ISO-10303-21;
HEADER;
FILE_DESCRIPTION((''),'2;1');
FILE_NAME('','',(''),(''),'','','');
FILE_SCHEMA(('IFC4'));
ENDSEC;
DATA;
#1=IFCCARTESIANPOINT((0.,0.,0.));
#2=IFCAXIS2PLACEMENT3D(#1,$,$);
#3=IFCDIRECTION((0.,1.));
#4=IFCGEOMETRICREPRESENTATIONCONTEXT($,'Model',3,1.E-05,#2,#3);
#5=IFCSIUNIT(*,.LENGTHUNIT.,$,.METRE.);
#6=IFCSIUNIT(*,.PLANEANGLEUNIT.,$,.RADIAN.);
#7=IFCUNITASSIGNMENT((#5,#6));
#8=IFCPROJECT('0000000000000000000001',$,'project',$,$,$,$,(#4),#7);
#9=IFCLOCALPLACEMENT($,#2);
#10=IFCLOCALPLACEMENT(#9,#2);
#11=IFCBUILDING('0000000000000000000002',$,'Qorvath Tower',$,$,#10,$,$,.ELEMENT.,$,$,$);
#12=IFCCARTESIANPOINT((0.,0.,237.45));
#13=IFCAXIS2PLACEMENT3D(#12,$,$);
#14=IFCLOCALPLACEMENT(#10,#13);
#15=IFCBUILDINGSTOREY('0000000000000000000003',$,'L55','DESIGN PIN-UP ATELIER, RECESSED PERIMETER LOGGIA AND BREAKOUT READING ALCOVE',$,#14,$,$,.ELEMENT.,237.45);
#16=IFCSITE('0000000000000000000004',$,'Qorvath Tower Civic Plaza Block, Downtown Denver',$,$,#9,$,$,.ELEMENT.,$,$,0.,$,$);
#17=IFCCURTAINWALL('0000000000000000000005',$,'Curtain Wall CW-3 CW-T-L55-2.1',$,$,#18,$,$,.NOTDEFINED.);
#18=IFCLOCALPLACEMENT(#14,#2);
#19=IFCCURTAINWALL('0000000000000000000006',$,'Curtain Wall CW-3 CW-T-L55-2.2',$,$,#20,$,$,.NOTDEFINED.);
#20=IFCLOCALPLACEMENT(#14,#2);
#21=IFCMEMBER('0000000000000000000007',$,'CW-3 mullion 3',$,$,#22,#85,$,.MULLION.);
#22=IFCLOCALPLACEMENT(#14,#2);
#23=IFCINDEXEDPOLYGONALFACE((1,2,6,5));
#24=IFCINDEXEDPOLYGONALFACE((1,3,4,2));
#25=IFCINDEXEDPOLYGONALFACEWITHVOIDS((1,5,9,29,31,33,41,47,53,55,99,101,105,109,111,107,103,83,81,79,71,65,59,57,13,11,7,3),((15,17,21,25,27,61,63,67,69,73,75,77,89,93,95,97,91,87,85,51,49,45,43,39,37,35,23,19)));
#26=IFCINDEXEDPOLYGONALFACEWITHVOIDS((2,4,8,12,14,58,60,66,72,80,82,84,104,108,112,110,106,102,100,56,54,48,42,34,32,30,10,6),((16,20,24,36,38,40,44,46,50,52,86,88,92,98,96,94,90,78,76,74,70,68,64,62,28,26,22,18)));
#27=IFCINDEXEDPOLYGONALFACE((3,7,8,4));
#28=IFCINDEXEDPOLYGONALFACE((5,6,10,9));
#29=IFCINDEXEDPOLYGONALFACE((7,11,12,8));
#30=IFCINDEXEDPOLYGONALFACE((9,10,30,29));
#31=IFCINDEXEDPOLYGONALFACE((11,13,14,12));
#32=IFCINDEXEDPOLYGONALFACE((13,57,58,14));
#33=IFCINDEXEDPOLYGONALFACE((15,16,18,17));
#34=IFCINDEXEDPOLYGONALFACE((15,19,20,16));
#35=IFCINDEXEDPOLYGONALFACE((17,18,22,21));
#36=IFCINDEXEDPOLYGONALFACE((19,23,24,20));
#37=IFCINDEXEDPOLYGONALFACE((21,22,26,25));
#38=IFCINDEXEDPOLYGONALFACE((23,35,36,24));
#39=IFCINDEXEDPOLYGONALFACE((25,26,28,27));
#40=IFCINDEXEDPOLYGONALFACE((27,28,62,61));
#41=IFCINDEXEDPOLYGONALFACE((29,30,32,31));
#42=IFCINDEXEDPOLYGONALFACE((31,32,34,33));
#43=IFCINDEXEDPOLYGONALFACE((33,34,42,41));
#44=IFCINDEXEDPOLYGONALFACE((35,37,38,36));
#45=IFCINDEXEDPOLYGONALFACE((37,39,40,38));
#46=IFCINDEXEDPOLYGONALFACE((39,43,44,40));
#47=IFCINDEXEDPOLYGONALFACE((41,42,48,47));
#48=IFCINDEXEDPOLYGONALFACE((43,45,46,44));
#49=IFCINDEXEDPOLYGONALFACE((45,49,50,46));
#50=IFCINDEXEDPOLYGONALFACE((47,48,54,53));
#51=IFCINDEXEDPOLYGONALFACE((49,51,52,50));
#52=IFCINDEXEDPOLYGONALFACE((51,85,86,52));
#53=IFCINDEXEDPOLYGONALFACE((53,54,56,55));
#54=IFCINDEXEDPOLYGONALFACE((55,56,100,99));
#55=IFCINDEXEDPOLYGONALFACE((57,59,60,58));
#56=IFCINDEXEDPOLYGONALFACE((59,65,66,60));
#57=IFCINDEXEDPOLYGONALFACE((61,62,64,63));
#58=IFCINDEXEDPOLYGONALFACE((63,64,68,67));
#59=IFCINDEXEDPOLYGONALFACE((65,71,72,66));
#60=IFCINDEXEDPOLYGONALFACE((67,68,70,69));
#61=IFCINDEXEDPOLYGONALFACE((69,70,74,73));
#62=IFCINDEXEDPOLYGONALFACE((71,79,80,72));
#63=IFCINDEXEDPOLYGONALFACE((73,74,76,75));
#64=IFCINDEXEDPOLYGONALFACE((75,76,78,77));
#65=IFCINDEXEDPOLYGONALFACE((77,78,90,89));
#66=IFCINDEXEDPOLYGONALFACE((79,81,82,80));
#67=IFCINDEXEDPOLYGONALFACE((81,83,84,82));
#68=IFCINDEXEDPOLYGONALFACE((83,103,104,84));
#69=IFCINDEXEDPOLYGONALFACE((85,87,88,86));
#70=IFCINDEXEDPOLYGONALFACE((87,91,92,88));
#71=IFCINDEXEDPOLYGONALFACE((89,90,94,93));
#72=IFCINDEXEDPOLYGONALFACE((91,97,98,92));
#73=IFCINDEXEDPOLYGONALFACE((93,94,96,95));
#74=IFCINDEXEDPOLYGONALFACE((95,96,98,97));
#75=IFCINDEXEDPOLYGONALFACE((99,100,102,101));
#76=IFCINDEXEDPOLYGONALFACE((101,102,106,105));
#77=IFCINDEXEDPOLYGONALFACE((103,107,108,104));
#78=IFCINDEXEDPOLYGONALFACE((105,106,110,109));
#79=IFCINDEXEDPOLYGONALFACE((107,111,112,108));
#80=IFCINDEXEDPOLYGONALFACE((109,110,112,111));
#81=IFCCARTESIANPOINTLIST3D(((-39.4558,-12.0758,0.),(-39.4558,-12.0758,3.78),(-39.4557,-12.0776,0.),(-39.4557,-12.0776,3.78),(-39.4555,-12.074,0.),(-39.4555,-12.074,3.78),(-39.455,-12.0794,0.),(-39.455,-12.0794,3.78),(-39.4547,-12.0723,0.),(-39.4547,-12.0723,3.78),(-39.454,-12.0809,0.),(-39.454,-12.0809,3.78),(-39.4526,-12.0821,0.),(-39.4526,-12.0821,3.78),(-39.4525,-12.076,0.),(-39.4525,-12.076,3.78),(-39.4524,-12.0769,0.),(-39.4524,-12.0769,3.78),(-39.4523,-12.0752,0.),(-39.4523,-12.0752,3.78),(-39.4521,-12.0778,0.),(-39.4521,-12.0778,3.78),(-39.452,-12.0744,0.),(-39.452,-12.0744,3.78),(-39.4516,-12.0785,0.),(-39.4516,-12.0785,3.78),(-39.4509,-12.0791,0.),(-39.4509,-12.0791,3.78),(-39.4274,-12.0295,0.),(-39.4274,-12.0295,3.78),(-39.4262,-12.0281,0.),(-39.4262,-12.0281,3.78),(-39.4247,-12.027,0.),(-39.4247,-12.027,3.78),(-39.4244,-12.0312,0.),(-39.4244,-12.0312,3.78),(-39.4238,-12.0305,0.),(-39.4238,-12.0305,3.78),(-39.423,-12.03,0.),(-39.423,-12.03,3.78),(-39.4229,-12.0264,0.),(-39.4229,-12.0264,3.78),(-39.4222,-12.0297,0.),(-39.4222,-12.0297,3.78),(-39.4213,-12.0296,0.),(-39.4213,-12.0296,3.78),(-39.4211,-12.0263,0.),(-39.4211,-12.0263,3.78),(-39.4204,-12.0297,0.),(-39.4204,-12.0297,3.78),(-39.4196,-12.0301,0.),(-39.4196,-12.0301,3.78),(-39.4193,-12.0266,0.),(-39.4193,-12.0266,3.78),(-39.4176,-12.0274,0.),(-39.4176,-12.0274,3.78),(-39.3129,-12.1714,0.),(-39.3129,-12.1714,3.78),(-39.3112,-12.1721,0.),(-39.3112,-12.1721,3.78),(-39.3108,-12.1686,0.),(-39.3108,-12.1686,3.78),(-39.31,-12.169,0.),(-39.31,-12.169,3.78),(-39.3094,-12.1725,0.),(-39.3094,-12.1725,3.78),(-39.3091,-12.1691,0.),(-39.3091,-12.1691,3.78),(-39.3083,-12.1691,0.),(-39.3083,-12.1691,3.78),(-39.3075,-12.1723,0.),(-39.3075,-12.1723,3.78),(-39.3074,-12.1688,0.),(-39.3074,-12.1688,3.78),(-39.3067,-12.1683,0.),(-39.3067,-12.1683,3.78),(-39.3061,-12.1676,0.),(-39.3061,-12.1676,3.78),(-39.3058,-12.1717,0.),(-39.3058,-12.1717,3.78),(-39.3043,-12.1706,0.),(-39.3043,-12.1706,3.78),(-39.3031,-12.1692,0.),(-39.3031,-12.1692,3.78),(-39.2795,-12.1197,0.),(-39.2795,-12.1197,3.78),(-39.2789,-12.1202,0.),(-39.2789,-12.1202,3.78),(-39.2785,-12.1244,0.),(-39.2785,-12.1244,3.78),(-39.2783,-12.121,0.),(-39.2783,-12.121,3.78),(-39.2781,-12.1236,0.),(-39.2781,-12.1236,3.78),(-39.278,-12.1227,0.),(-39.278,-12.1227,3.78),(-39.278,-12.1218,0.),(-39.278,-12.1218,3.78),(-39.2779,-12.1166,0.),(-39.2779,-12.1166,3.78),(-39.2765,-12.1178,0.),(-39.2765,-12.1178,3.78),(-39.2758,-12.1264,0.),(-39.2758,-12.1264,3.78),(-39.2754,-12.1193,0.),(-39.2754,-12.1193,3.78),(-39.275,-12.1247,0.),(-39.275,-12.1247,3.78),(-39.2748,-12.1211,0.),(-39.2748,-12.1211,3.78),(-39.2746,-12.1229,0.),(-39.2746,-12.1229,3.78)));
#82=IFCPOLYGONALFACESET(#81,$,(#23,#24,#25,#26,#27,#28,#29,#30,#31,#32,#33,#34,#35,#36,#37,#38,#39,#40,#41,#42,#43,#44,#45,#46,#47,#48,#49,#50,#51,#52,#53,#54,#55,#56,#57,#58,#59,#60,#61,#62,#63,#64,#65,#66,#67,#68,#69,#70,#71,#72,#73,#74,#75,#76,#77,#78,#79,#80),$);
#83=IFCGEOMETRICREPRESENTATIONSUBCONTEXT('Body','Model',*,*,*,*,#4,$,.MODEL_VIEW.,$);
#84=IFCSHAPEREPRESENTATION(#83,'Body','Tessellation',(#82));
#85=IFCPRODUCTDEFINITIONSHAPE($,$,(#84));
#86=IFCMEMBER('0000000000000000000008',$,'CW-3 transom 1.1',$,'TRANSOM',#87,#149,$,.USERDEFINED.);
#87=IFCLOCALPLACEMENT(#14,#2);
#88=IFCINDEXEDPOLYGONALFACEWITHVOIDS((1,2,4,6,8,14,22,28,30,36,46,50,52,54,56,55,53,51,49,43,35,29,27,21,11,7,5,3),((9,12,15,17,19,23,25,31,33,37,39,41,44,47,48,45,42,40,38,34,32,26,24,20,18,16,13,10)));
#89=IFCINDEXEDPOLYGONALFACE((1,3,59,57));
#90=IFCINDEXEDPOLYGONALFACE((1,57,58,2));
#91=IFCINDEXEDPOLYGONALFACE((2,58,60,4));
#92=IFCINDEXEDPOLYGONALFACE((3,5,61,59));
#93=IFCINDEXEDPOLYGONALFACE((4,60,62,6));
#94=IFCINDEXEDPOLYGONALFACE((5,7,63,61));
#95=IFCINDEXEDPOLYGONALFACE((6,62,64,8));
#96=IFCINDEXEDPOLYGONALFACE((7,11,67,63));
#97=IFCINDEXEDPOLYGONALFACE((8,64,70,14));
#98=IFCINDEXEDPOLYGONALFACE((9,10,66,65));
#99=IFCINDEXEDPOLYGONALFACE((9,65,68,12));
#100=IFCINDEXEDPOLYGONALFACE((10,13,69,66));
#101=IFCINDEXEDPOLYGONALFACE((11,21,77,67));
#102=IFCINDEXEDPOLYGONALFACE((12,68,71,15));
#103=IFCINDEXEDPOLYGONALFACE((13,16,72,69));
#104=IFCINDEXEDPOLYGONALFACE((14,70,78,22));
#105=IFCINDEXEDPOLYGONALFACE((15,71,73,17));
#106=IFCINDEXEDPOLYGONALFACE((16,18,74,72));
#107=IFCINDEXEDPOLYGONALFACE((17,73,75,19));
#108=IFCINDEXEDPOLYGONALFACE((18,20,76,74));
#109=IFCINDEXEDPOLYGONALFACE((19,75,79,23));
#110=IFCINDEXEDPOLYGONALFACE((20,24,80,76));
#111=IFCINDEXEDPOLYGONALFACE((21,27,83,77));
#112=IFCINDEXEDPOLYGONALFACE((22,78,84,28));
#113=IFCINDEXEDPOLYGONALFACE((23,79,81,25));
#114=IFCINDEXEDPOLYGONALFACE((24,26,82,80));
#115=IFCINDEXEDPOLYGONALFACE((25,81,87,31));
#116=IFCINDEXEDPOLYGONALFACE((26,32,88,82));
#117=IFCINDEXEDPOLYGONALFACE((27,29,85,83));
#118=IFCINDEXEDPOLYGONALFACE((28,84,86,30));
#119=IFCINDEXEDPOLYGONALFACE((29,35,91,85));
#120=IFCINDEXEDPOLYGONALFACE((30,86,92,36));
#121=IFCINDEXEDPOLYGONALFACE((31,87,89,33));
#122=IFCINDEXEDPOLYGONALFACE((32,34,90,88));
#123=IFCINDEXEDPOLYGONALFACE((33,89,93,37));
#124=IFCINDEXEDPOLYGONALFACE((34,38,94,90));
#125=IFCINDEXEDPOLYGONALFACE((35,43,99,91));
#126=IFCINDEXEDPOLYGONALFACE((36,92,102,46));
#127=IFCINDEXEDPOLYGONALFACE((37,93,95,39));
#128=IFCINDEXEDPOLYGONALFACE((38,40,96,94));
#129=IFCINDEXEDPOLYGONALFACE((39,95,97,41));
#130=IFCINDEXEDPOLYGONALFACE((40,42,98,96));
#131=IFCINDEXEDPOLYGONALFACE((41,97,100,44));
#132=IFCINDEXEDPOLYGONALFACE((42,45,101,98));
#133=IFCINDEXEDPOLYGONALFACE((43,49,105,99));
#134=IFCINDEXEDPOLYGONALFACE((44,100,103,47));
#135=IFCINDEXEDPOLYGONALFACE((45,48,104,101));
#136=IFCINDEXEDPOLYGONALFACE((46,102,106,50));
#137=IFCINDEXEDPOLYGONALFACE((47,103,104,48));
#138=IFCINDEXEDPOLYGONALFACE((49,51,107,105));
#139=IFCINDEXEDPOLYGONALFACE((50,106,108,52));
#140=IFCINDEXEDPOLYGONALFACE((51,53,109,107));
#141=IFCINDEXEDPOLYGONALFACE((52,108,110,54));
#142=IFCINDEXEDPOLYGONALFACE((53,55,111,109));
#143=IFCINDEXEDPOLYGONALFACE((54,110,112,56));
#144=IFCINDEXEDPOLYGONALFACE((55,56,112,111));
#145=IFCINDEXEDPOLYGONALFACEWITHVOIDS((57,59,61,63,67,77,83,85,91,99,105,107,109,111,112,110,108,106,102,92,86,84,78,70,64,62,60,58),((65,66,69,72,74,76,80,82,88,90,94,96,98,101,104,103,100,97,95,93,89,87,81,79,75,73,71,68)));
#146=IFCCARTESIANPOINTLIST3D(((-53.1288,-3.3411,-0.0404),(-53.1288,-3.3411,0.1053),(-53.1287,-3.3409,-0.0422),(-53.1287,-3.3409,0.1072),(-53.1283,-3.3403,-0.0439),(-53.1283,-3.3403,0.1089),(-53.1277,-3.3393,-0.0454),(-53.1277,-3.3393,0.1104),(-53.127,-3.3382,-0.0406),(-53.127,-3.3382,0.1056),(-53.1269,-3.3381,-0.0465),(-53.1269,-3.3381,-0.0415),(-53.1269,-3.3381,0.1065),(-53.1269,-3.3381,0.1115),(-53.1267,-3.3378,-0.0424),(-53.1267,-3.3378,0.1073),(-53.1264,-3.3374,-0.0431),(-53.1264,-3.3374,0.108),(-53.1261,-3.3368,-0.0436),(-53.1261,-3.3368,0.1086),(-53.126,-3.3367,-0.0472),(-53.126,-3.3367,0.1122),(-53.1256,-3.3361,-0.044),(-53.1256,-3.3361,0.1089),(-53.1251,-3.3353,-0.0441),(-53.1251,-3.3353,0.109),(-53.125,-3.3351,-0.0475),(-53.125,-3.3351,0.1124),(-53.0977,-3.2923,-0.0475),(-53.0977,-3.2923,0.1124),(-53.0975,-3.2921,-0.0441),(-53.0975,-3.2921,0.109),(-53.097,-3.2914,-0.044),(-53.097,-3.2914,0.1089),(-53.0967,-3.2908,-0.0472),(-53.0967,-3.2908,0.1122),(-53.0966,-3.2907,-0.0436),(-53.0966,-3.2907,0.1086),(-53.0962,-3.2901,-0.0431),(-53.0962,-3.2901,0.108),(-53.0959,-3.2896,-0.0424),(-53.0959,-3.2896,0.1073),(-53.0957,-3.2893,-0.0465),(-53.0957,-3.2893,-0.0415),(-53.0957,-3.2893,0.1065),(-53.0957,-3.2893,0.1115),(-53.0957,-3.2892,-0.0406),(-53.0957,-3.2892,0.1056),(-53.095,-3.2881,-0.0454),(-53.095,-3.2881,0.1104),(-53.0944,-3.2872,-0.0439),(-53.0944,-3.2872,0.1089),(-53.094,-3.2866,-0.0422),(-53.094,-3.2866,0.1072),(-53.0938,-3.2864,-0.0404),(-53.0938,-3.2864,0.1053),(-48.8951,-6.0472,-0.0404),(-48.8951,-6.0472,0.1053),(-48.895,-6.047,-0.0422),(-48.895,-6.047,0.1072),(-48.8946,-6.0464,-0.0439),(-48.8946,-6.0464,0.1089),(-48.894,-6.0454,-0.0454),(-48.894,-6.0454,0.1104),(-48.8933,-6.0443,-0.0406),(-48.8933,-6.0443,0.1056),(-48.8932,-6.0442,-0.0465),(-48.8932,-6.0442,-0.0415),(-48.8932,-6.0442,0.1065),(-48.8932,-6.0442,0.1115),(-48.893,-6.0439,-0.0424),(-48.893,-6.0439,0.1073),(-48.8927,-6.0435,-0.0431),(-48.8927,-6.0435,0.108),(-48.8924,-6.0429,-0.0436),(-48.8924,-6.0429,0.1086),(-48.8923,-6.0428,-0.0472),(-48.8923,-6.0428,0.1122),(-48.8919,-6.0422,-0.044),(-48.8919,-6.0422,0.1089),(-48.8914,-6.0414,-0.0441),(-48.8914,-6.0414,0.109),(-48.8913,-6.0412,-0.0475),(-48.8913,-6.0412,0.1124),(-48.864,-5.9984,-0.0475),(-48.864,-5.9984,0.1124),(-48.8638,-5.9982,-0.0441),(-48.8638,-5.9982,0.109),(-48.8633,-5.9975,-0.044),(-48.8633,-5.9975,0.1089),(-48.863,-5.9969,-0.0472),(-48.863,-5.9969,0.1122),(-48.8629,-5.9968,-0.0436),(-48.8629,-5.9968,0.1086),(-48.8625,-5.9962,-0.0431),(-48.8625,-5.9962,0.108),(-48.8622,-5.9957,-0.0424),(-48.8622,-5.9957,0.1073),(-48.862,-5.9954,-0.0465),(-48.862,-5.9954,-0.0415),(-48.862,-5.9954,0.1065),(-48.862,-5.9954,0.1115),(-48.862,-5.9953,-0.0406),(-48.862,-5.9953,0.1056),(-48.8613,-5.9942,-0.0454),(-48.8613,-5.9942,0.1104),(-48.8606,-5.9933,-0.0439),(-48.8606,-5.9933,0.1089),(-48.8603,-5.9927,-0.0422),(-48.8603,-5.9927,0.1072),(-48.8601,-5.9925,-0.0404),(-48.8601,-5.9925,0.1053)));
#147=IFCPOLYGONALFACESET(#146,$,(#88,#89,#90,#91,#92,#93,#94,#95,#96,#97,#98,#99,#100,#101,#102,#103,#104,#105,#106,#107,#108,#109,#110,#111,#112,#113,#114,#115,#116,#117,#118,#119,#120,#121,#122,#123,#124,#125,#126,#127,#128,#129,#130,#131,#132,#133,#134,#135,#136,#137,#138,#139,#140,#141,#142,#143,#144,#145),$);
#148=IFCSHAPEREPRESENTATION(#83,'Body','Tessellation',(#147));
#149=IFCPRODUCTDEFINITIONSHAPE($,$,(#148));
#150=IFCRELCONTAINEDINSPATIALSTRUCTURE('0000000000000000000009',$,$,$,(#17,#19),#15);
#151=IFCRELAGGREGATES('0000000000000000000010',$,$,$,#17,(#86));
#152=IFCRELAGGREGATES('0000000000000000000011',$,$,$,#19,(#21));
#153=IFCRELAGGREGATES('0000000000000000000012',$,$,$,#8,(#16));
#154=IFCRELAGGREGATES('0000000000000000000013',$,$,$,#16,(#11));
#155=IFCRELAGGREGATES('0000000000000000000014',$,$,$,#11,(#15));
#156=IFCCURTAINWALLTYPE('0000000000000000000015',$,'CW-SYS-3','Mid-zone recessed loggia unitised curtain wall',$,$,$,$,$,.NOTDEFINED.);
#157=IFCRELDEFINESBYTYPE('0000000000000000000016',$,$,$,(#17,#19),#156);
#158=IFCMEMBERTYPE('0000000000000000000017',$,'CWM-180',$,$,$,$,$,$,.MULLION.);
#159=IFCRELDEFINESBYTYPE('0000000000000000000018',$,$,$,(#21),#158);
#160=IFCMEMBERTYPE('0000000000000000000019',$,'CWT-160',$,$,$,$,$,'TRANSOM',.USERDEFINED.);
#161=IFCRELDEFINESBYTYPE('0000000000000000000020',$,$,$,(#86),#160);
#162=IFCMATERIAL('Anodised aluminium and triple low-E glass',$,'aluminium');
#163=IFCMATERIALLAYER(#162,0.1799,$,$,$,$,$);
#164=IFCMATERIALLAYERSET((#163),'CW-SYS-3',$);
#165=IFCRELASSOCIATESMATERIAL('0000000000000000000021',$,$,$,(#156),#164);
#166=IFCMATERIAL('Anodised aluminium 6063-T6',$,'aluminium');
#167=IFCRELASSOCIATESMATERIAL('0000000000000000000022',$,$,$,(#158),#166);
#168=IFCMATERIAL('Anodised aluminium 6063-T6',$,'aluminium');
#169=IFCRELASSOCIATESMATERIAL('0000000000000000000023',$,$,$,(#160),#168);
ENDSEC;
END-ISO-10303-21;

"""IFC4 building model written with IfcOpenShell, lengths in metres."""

from ifc_helpers import new_model, si_unit, direction, frame, origin, origin_2d, place, context, subcontext, project, spatial, hollow_rectangle, extrude, material, layer, layer_set, material_profile, profile_set, type_object, element, aggregate, save


model = new_model("IFC4")

# Units and contexts
model_context = context("Model", 3, precision=1e-05, world=origin(), true_north=direction((0.0, 1.0)))
body_context = subcontext(model_context, "Body", "Model", "MODEL_VIEW")
ifc_project = project(units=[si_unit("LENGTHUNIT", "METRE"), si_unit("PLANEANGLEUNIT", "RADIAN")], contexts=[model_context])

# Site, building, storey
site_placement = place(None, origin())
site = spatial("IfcSite", under=ifc_project, at=site_placement, Name="Qorvath Tower Civic Plaza Block, Downtown Denver", CompositionType="ELEMENT", RefElevation=0.0)
building_placement = place(site_placement, origin())
building = spatial("IfcBuilding", under=site, at=building_placement, Name="Qorvath Tower", CompositionType="ELEMENT")
storey_placement = place(building_placement, frame((0.0, 0.0, 237.45)))
storey = spatial("IfcBuildingStorey", under=building, at=storey_placement, Name="L55", Description="DESIGN PIN-UP ATELIER, RECESSED PERIMETER LOGGIA AND BREAKOUT READING ALCOVE", CompositionType="ELEMENT", Elevation=237.45)

# Curtain walls, member
ifc_material_1 = material(Name="Anodised aluminium and triple low-E glass", Category="aluminium")
ifc_layer_1 = layer(ifc_material_1, 0.1799)
ifc_layer_set_1 = layer_set([ifc_layer_1], Name="CW-SYS-3")
curtain_wall_type = type_object("IfcCurtainWallType", Name="CW-SYS-3", Description="Mid-zone recessed loggia unitised curtain wall", PredefinedType="NOTDEFINED", material=ifc_layer_set_1)
curtain_wall_1_placement = place(storey_placement, origin())
curtain_wall_1 = element("IfcCurtainWall", 1, at=curtain_wall_1_placement, inside=storey, type_object=curtain_wall_type, Name="Curtain Wall CW-3 CW-T-L55-2.1", PredefinedType="NOTDEFINED")
ifc_material_2 = material(Name="Anodised aluminium 6063-T6", Category="aluminium")
ifc_material_profile_1 = material_profile(ifc_material_2, hollow_rectangle(XDim=0.0649, YDim=0.1799, WallThickness=0.0034, InnerFilletRadius=0.0034, OuterFilletRadius=0.0071, at=origin_2d()), Name="CWM 180x65")
ifc_profile_set_1 = profile_set([ifc_material_profile_1], Name="Anodised aluminium 6063-T6")
member_type_1 = type_object("IfcMemberType", Name="CWM-180", PredefinedType="MULLION", material=ifc_profile_set_1)
curtain_wall_2_placement = place(storey_placement, origin())
curtain_wall_2 = element("IfcCurtainWall", 2, at=curtain_wall_2_placement, inside=storey, type_object=curtain_wall_type, Name="Curtain Wall CW-3 CW-T-L55-2.2", PredefinedType="NOTDEFINED")
member_1_placement = place(storey_placement, frame((-39.3652, -12.0994, 0.0), z_axis=(0.0, 0.0, 1.0), x_axis=(0.538529, 0.842607, 0.0)))
member_1 = element("IfcMember", 3, at=member_1_placement, type_object=member_type_1, Name="CW-3 mullion 3", PredefinedType="MULLION", context=body_context, shape_type="SweptSolid", body=[
    extrude(hollow_rectangle(XDim=0.0649, YDim=0.1799, WallThickness=0.0034, InnerFilletRadius=0.0034, OuterFilletRadius=0.0071, at=origin_2d()), origin(), (0.0, 0.0, 1.0), 3.78),
])

# Member
ifc_material_3 = material(Name="Anodised aluminium 6063-T6", Category="aluminium")
ifc_material_profile_2 = material_profile(ifc_material_3, hollow_rectangle(XDim=0.0649, YDim=0.1599, WallThickness=0.0034, InnerFilletRadius=0.0034, OuterFilletRadius=0.0071, at=origin_2d()), Name="CWT 160x65")
ifc_profile_set_2 = profile_set([ifc_material_profile_2], Name="Anodised aluminium 6063-T6")
member_type_2 = type_object("IfcMemberType", Name="CWT-160", ElementType="TRANSOM", PredefinedType="USERDEFINED", material=ifc_profile_set_2)
member_2_placement = place(storey_placement, frame((-53.1113, -3.3137, 0.0325), z_axis=(0.842585, -0.538563, 0.0), x_axis=(0.538563, 0.842585, 0.0)))
member_2 = element("IfcMember", 4, at=member_2_placement, type_object=member_type_2, Name="CW-3 transom 1.1", ObjectType="TRANSOM", PredefinedType="USERDEFINED", context=body_context, shape_type="SweptSolid", body=[
    extrude(hollow_rectangle(XDim=0.0649, YDim=0.1599, WallThickness=0.0034, InnerFilletRadius=0.0034, OuterFilletRadius=0.0071, at=origin_2d()), origin(), (0.0, 0.0, 1.0), 5.0247),
])

aggregate(curtain_wall_1, [member_2])
aggregate(curtain_wall_2, [member_1])

save(model, "model.ifc")
